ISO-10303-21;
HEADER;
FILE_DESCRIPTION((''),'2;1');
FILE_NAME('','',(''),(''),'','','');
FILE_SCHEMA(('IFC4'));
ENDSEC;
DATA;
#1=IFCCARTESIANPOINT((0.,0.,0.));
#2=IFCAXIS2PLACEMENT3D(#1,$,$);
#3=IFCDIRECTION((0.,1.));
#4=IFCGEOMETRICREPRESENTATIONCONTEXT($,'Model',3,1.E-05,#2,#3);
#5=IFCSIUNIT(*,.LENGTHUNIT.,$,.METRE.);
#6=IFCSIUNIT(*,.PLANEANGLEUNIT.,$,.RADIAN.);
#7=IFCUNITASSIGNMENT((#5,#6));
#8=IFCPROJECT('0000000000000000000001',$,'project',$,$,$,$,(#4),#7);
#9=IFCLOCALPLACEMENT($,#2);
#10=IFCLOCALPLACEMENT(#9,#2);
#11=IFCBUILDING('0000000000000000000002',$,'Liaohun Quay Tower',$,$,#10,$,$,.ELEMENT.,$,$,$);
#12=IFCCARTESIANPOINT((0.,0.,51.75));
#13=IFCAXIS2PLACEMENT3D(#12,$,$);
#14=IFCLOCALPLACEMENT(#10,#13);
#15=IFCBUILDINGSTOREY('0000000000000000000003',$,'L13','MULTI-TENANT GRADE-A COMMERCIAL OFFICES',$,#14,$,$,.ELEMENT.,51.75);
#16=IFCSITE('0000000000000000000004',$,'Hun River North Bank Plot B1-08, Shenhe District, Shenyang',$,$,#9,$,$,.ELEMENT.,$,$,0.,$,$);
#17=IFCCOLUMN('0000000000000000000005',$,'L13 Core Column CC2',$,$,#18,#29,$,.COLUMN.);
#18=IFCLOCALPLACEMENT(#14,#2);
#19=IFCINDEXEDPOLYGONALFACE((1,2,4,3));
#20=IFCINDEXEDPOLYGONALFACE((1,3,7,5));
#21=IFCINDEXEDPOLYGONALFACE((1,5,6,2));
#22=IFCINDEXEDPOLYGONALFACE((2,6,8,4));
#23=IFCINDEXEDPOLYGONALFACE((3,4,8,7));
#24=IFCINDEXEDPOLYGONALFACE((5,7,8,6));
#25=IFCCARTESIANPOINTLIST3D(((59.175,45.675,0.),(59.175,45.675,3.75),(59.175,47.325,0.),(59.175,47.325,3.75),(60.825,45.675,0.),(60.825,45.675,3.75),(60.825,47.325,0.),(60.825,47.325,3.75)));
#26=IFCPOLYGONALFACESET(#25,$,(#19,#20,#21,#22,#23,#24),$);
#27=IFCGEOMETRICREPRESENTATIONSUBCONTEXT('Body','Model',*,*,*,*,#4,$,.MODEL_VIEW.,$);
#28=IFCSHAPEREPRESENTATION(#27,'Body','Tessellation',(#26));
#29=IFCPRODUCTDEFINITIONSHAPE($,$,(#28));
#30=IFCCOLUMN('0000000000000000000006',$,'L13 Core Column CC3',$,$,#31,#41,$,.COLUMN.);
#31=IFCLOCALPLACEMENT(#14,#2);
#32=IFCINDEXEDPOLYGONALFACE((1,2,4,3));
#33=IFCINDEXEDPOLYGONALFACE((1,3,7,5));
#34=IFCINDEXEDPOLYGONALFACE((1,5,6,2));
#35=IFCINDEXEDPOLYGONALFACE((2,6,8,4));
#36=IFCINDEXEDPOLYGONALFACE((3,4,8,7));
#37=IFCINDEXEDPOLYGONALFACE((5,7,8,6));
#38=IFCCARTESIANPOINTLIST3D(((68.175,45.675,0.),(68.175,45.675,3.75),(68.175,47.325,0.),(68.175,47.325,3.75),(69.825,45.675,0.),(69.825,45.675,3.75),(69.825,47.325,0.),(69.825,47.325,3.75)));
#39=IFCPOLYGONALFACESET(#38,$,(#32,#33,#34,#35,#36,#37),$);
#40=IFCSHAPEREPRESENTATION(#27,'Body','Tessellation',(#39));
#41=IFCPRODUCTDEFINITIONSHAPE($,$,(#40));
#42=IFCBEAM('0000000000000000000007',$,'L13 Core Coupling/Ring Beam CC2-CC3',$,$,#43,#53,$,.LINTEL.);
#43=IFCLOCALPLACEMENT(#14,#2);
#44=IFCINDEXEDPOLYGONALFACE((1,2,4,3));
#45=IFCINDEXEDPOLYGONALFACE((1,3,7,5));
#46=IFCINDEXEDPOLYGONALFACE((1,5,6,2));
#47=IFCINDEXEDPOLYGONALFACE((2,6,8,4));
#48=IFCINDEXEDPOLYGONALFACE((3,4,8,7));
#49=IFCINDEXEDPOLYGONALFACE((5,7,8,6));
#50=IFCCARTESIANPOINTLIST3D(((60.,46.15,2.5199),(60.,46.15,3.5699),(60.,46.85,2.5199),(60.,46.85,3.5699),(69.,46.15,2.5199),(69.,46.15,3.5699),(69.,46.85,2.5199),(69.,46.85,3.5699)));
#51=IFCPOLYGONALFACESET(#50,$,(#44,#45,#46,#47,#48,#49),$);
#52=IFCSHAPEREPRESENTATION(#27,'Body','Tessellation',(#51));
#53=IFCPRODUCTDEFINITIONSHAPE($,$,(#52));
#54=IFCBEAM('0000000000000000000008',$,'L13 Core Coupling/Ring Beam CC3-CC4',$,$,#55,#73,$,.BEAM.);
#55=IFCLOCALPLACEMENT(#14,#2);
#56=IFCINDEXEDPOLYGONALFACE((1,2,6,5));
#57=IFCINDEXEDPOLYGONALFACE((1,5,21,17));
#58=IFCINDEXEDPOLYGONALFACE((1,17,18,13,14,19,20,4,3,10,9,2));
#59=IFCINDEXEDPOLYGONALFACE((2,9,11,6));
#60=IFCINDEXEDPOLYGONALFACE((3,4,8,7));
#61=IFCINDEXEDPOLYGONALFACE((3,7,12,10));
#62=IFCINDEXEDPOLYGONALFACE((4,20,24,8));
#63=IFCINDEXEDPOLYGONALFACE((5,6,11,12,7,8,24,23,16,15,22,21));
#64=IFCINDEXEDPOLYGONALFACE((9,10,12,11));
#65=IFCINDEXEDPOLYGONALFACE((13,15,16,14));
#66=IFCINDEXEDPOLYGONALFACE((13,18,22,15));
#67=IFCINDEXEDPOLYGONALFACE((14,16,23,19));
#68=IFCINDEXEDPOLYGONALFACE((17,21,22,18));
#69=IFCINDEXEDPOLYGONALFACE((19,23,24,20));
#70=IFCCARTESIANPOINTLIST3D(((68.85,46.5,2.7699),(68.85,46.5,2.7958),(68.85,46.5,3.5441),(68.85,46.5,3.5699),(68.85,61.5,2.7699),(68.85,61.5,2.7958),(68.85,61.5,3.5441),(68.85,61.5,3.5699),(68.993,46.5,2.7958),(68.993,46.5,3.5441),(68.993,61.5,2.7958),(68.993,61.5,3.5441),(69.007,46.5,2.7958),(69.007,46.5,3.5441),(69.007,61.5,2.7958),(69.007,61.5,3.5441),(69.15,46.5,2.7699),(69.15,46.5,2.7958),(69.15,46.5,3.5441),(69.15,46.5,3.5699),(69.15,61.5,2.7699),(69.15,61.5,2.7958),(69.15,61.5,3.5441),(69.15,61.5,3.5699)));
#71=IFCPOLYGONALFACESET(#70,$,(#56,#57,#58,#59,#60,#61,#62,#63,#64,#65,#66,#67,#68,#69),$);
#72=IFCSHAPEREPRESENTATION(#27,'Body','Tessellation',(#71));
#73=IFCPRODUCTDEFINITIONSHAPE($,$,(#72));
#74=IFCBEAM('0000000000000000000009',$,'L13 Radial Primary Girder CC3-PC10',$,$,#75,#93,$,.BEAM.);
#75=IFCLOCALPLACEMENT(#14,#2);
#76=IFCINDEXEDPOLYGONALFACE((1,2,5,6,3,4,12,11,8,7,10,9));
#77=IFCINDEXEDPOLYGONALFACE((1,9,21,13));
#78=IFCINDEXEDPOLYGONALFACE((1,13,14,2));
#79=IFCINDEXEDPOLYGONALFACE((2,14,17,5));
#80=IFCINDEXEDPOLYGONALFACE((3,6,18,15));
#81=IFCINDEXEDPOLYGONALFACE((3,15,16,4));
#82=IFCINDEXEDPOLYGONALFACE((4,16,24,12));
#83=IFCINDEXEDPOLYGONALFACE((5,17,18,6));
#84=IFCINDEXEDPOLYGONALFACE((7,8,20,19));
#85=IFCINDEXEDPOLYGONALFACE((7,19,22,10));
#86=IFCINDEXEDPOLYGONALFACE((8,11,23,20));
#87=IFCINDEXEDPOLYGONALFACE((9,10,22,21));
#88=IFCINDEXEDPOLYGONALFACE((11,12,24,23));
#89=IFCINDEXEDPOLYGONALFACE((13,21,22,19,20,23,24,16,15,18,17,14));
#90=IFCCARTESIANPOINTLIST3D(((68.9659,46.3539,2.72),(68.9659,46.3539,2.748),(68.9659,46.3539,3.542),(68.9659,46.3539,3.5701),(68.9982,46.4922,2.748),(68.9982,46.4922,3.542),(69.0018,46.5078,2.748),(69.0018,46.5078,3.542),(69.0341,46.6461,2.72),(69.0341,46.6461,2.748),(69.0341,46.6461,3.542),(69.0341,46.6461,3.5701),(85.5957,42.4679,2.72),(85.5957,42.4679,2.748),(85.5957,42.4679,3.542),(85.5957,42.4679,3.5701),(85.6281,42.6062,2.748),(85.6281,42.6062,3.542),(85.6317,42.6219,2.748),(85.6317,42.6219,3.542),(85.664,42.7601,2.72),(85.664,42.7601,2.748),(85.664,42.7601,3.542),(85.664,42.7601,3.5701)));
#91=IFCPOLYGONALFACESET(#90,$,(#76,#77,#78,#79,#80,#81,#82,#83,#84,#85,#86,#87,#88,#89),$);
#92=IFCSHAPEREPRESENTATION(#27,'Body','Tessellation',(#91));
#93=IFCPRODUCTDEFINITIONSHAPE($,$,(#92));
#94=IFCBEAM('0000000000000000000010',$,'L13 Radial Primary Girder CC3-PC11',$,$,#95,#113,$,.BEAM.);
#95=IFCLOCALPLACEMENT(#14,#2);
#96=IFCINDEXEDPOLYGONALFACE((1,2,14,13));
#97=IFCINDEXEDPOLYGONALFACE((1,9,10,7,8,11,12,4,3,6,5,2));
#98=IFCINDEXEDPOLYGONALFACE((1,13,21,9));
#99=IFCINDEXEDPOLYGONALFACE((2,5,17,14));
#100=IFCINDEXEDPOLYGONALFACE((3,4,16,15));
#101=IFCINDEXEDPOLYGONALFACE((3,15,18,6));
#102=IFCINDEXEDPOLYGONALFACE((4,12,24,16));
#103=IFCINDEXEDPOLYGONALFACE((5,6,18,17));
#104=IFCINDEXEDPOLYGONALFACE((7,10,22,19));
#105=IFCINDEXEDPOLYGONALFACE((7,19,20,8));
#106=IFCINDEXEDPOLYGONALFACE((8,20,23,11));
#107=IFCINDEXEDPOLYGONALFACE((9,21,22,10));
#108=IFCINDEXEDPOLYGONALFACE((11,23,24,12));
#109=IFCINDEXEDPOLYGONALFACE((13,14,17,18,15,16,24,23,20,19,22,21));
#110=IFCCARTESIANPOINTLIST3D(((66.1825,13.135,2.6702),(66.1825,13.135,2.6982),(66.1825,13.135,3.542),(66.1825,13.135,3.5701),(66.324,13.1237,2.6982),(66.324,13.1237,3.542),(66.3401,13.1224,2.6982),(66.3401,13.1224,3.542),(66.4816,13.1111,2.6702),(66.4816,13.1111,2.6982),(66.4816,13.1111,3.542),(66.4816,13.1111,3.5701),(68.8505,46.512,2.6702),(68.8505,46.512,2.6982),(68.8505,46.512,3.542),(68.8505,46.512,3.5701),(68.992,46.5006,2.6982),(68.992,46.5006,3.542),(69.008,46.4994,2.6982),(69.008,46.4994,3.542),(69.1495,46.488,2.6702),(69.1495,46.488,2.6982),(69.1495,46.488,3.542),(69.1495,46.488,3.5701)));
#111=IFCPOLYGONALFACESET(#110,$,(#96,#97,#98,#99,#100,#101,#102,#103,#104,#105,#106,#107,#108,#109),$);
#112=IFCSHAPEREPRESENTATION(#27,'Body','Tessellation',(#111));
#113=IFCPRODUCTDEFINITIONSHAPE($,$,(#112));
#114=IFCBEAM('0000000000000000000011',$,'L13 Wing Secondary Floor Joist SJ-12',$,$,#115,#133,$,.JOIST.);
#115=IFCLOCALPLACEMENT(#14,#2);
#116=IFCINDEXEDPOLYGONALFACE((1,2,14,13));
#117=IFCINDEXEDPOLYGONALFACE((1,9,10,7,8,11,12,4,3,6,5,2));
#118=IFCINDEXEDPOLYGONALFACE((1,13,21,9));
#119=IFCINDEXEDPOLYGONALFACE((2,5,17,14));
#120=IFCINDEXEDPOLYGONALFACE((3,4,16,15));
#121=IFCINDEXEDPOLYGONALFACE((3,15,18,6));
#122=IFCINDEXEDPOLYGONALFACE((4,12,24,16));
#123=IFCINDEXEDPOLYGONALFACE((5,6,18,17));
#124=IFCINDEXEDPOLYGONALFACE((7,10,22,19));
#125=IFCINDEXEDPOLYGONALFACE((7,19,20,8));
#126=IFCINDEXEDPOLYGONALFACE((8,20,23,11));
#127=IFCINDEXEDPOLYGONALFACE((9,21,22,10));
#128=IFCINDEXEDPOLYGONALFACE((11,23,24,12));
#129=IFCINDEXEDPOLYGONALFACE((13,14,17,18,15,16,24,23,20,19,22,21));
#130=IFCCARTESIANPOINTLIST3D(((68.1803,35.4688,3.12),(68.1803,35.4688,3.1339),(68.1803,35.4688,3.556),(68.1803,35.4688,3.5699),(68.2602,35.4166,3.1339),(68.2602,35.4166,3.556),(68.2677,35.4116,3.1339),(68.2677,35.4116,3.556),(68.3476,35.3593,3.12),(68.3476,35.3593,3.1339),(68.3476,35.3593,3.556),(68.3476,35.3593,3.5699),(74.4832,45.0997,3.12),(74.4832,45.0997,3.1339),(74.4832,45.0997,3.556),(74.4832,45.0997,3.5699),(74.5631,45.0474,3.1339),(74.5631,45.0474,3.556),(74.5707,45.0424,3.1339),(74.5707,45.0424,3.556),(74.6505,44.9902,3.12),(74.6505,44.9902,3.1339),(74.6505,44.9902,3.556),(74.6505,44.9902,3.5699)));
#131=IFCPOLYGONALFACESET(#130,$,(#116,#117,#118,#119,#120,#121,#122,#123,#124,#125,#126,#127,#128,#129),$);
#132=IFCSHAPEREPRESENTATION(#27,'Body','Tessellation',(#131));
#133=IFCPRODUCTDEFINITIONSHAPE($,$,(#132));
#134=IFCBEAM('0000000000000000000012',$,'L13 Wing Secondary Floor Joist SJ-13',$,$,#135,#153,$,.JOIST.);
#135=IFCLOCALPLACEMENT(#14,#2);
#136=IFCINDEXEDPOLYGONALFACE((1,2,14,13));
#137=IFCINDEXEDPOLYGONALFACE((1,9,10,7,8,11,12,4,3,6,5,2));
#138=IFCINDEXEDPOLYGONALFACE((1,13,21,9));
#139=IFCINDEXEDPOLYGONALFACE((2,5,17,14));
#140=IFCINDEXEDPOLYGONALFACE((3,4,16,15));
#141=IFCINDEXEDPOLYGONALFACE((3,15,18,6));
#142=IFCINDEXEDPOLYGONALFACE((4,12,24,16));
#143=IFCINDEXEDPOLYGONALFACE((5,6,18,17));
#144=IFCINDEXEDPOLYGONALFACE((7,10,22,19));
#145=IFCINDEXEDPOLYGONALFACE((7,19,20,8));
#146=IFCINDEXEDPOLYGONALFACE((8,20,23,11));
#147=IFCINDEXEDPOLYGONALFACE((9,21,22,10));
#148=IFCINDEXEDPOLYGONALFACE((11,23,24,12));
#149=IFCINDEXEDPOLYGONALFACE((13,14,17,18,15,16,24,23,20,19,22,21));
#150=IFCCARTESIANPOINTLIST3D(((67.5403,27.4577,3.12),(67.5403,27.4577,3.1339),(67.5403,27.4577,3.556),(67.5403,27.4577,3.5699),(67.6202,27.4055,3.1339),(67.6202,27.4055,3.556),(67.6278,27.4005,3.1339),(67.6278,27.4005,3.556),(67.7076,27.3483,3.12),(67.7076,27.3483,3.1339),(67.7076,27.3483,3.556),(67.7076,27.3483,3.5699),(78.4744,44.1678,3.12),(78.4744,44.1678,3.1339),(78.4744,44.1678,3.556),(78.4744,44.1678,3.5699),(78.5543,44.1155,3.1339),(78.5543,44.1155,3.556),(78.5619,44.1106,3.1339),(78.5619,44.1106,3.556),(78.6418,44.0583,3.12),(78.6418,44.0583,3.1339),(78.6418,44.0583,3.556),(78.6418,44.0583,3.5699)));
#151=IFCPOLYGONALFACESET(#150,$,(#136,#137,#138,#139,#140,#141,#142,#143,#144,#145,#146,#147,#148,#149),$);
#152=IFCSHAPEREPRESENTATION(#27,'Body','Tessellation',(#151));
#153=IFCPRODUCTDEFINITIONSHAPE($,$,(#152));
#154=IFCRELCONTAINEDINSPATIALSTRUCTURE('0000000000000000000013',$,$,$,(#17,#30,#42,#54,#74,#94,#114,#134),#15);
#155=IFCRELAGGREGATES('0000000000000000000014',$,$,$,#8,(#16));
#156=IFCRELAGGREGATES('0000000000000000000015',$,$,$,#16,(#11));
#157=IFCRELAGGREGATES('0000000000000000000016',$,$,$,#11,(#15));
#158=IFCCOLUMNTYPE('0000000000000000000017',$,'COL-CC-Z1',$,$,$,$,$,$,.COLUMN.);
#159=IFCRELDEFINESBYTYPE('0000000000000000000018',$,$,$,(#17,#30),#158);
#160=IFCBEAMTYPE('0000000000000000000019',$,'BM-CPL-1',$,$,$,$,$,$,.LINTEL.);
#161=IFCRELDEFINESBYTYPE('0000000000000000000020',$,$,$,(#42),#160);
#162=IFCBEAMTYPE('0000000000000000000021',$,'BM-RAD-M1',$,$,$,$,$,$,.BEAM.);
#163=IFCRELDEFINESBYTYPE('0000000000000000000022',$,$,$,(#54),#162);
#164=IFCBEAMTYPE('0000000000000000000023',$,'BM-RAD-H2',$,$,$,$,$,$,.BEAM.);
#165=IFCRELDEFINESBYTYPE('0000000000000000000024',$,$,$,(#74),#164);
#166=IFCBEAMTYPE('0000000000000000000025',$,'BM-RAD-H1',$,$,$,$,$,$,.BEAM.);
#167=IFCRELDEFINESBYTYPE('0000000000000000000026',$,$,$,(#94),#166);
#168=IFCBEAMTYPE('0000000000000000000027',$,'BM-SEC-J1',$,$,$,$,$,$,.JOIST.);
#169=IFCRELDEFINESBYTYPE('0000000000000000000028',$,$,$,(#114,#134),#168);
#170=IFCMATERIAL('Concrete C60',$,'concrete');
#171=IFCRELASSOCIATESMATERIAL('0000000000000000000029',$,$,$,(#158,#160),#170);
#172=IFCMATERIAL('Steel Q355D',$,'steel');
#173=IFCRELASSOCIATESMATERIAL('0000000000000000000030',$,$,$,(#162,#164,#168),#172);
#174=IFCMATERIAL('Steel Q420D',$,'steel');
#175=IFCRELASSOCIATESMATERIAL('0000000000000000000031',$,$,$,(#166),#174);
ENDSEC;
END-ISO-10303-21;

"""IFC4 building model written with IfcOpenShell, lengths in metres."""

from ifc_helpers import new_model, si_unit, direction, frame, origin, origin_2d, place, context, subcontext, project, spatial, rectangle, i_section, extrude, source, transform, mapped, material, material_profile, profile_set, type_object, element, save


model = new_model("IFC4")

# Units and contexts
model_context = context("Model", 3, precision=1e-05, world=origin(), true_north=direction((0.0, 1.0)))
body_context = subcontext(model_context, "Body", "Model", "MODEL_VIEW")
ifc_project = project(units=[si_unit("LENGTHUNIT", "METRE"), si_unit("PLANEANGLEUNIT", "RADIAN")], contexts=[model_context])

# Site, building, storey
site_placement = place(None, origin())
site = spatial("IfcSite", under=ifc_project, at=site_placement, Name="Hun River North Bank Plot B1-08, Shenhe District, Shenyang", CompositionType="ELEMENT", RefElevation=0.0)
building_placement = place(site_placement, origin())
building = spatial("IfcBuilding", under=site, at=building_placement, Name="Liaohun Quay Tower", CompositionType="ELEMENT")
storey_placement = place(building_placement, frame((0.0, 0.0, 51.75)))
storey = spatial("IfcBuildingStorey", under=building, at=storey_placement, Name="L13", Description="MULTI-TENANT GRADE-A COMMERCIAL OFFICES", CompositionType="ELEMENT", Elevation=51.75)

# Columns
ifc_material_1 = material(Name="Concrete C60", Category="concrete")
ifc_material_profile_1 = material_profile(ifc_material_1, rectangle(XDim=1.6499, YDim=1.6499, at=origin_2d()), Name="RC1650x1650")
ifc_profile_set_1 = profile_set([ifc_material_profile_1], Name="Concrete C60")
column_type = type_object("IfcColumnType", Name="COL-CC-Z1", PredefinedType="COLUMN", material=ifc_profile_set_1)
shared_shape_1 = source(origin(), body_context, "Body", "SweptSolid", [
    extrude(rectangle(XDim=1.6499, YDim=1.6499, at=origin_2d()), origin(), (0.0, 0.0, 1.0), 3.75),
])
for number, where, z_axis, x_axis, name in (
    (1, (60.0, 46.5, 0.0), (0.0, 0.0, 1.0), (1.0, 0.0, 0.0), "L13 Core Column CC2"),
    (2, (69.0, 46.5, 0.0), (0.0, 0.0, 1.0), (1.0, 0.0, 0.0), "L13 Core Column CC3"),
):
    element("IfcColumn", number, at=place(storey_placement, frame(where, z_axis=z_axis, x_axis=x_axis)), inside=storey, type_object=column_type, Name=name, PredefinedType="COLUMN", context=body_context, shape_type="MappedRepresentation", body=[
        mapped(shared_shape_1, transform((0.0, 0.0, 0.0), x_axis=(1.0, 0.0, 0.0), y_axis=(0.0, 1.0, 0.0), z_axis=(0.0, 0.0, 1.0), scale=1.0)),
    ])

# Beams
ifc_material_profile_2 = material_profile(ifc_material_1, rectangle(XDim=0.7, YDim=1.05, at=origin_2d()), Name="RC700x1050")
ifc_profile_set_2 = profile_set([ifc_material_profile_2], Name="Concrete C60")
beam_type_1 = type_object("IfcBeamType", Name="BM-CPL-1", PredefinedType="LINTEL", material=ifc_profile_set_2)
shared_shape_2 = source(origin(), body_context, "Body", "SweptSolid", [
    extrude(rectangle(XDim=0.7, YDim=1.05, at=origin_2d()), origin(), (0.0, 0.0, 1.0), 9.0),
])
beam_1_placement = place(storey_placement, frame((60.0, 46.5, 3.0449), z_axis=(1.0, 0.0, 0.0), x_axis=(0.0, 1.0, 0.0)))
element("IfcBeam", 3, at=beam_1_placement, inside=storey, type_object=beam_type_1, Name="L13 Core Coupling/Ring Beam CC2-CC3", PredefinedType="LINTEL", context=body_context, shape_type="MappedRepresentation", body=[
    mapped(shared_shape_2, transform((0.0, 0.0, 0.0), x_axis=(1.0, 0.0, 0.0), y_axis=(0.0, 1.0, 0.0), z_axis=(0.0, 0.0, 1.0), scale=1.0)),
])
ifc_material_2 = material(Name="Steel Q355D", Category="steel")
ifc_material_profile_3 = material_profile(ifc_material_2, i_section(OverallWidth=0.3, OverallDepth=0.8, WebThickness=0.0139, FlangeThickness=0.0259, at=origin_2d()), Name="HN800x300x14x26")
ifc_profile_set_3 = profile_set([ifc_material_profile_3], Name="Steel Q355D")
beam_type_2 = type_object("IfcBeamType", Name="BM-RAD-M1", PredefinedType="BEAM", material=ifc_profile_set_3)
shared_shape_3 = source(origin(), body_context, "Body", "SweptSolid", [
    extrude(i_section(OverallWidth=0.3, OverallDepth=0.8, WebThickness=0.0139, FlangeThickness=0.0259, at=origin_2d()), origin(), (0.0, 0.0, 1.0), 15.0),
])
beam_2_placement = place(storey_placement, frame((69.0, 46.5, 3.1699), z_axis=(0.0, 1.0, 0.0), x_axis=(-1.0, 0.0, 0.0)))
element("IfcBeam", 4, at=beam_2_placement, inside=storey, type_object=beam_type_2, Name="L13 Core Coupling/Ring Beam CC3-CC4", PredefinedType="BEAM", context=body_context, shape_type="MappedRepresentation", body=[
    mapped(shared_shape_3, transform((0.0, 0.0, 0.0), x_axis=(1.0, 0.0, 0.0), y_axis=(0.0, 1.0, 0.0), z_axis=(0.0, 0.0, 1.0), scale=1.0)),
])
ifc_material_profile_4 = material_profile(ifc_material_2, i_section(OverallWidth=0.3, OverallDepth=0.8501, WebThickness=0.0161, FlangeThickness=0.0281, at=origin_2d()), Name="HN850x300x16x28")
ifc_profile_set_4 = profile_set([ifc_material_profile_4], Name="Steel Q355D")
beam_type_3 = type_object("IfcBeamType", Name="BM-RAD-H2", PredefinedType="BEAM", material=ifc_profile_set_4)
shared_shape_4 = source(origin(), body_context, "Body", "SweptSolid", [
    extrude(i_section(OverallWidth=0.3, OverallDepth=0.8501, WebThickness=0.0161, FlangeThickness=0.0281, at=origin_2d()), origin(), (0.0, 0.0, 1.0), 17.0779),
])
beam_3_placement = place(storey_placement, frame((69.0, 46.5, 3.145), z_axis=(0.973768, -0.227545, 0.0), x_axis=(0.227545, 0.973768, 0.0)))
element("IfcBeam", 5, at=beam_3_placement, inside=storey, type_object=beam_type_3, Name="L13 Radial Primary Girder CC3-PC10", PredefinedType="BEAM", context=body_context, shape_type="MappedRepresentation", body=[
    mapped(shared_shape_4, transform((0.0, 0.0, 0.0), x_axis=(1.0, 0.0, 0.0), y_axis=(0.0, 1.0, 0.0), z_axis=(0.0, 0.0, 1.0), scale=1.0)),
])
ifc_material_3 = material(Name="Steel Q420D", Category="steel")
ifc_material_profile_5 = material_profile(ifc_material_3, i_section(OverallWidth=0.3, OverallDepth=0.8999, WebThickness=0.0161, FlangeThickness=0.0281, at=origin_2d()), Name="HN900x300x16x28")
ifc_profile_set_5 = profile_set([ifc_material_profile_5], Name="Steel Q420D")
beam_type_4 = type_object("IfcBeamType", Name="BM-RAD-H1", PredefinedType="BEAM", material=ifc_profile_set_5)
shared_shape_5 = source(origin(), body_context, "Body", "SweptSolid", [
    extrude(i_section(OverallWidth=0.3, OverallDepth=0.8999, WebThickness=0.0161, FlangeThickness=0.0281, at=origin_2d()), origin(), (0.0, 0.0, 1.0), 33.4834),
])
beam_4_placement = place(storey_placement, frame((69.0, 46.5, 3.1201), z_axis=(-0.07968, -0.99682, 0.0), x_axis=(0.99682, -0.07968, 0.0)))
element("IfcBeam", 6, at=beam_4_placement, inside=storey, type_object=beam_type_4, Name="L13 Radial Primary Girder CC3-PC11", PredefinedType="BEAM", context=body_context, shape_type="MappedRepresentation", body=[
    mapped(shared_shape_5, transform((0.0, 0.0, 0.0), x_axis=(1.0, 0.0, 0.0), y_axis=(0.0, 1.0, 0.0), z_axis=(0.0, 0.0, 1.0), scale=1.0)),
])
ifc_material_profile_6 = material_profile(ifc_material_2, i_section(OverallWidth=0.2, OverallDepth=0.45, WebThickness=0.009, FlangeThickness=0.0139, at=origin_2d()), Name="HN450x200x9x14")
ifc_profile_set_6 = profile_set([ifc_material_profile_6], Name="Steel Q355D")
beam_type_5 = type_object("IfcBeamType", Name="BM-SEC-J1", PredefinedType="JOIST", material=ifc_profile_set_6)
shared_shape_6 = source(origin(), body_context, "Body", "SweptSolid", [
    extrude(i_section(OverallWidth=0.2, OverallDepth=0.45, WebThickness=0.009, FlangeThickness=0.0139, at=origin_2d()), origin(), (0.0, 0.0, 1.0), 11.51),
])
beam_5_placement = place(storey_placement, frame((74.5669, 45.0449, 3.345), z_axis=(-0.547607, -0.836736, 0.0), x_axis=(0.836736, -0.547607, 0.0)))
element("IfcBeam", 7, at=beam_5_placement, inside=storey, type_object=beam_type_5, Name="L13 Wing Secondary Floor Joist SJ-12", PredefinedType="JOIST", context=body_context, shape_type="MappedRepresentation", body=[
    mapped(shared_shape_6, transform((0.0, 0.0, 0.0), x_axis=(1.0, 0.0, 0.0), y_axis=(0.0, 1.0, 0.0), z_axis=(0.0, 0.0, 1.0), scale=1.0)),
])
shared_shape_7 = source(origin(), body_context, "Body", "SweptSolid", [
    extrude(i_section(OverallWidth=0.2, OverallDepth=0.45, WebThickness=0.009, FlangeThickness=0.0139, at=origin_2d()), origin(), (0.0, 0.0, 1.0), 19.9695),
])
beam_6_placement = place(storey_placement, frame((78.5581, 44.113, 3.345), z_axis=(-0.547542, -0.836778, 0.0), x_axis=(0.836778, -0.547542, 0.0)))
element("IfcBeam", 8, at=beam_6_placement, inside=storey, type_object=beam_type_5, Name="L13 Wing Secondary Floor Joist SJ-13", PredefinedType="JOIST", context=body_context, shape_type="MappedRepresentation", body=[
    mapped(shared_shape_7, transform((0.0, 0.0, 0.0), x_axis=(1.0, 0.0, 0.0), y_axis=(0.0, 1.0, 0.0), z_axis=(0.0, 0.0, 1.0), scale=1.0)),
])

save(model, "model.ifc")
